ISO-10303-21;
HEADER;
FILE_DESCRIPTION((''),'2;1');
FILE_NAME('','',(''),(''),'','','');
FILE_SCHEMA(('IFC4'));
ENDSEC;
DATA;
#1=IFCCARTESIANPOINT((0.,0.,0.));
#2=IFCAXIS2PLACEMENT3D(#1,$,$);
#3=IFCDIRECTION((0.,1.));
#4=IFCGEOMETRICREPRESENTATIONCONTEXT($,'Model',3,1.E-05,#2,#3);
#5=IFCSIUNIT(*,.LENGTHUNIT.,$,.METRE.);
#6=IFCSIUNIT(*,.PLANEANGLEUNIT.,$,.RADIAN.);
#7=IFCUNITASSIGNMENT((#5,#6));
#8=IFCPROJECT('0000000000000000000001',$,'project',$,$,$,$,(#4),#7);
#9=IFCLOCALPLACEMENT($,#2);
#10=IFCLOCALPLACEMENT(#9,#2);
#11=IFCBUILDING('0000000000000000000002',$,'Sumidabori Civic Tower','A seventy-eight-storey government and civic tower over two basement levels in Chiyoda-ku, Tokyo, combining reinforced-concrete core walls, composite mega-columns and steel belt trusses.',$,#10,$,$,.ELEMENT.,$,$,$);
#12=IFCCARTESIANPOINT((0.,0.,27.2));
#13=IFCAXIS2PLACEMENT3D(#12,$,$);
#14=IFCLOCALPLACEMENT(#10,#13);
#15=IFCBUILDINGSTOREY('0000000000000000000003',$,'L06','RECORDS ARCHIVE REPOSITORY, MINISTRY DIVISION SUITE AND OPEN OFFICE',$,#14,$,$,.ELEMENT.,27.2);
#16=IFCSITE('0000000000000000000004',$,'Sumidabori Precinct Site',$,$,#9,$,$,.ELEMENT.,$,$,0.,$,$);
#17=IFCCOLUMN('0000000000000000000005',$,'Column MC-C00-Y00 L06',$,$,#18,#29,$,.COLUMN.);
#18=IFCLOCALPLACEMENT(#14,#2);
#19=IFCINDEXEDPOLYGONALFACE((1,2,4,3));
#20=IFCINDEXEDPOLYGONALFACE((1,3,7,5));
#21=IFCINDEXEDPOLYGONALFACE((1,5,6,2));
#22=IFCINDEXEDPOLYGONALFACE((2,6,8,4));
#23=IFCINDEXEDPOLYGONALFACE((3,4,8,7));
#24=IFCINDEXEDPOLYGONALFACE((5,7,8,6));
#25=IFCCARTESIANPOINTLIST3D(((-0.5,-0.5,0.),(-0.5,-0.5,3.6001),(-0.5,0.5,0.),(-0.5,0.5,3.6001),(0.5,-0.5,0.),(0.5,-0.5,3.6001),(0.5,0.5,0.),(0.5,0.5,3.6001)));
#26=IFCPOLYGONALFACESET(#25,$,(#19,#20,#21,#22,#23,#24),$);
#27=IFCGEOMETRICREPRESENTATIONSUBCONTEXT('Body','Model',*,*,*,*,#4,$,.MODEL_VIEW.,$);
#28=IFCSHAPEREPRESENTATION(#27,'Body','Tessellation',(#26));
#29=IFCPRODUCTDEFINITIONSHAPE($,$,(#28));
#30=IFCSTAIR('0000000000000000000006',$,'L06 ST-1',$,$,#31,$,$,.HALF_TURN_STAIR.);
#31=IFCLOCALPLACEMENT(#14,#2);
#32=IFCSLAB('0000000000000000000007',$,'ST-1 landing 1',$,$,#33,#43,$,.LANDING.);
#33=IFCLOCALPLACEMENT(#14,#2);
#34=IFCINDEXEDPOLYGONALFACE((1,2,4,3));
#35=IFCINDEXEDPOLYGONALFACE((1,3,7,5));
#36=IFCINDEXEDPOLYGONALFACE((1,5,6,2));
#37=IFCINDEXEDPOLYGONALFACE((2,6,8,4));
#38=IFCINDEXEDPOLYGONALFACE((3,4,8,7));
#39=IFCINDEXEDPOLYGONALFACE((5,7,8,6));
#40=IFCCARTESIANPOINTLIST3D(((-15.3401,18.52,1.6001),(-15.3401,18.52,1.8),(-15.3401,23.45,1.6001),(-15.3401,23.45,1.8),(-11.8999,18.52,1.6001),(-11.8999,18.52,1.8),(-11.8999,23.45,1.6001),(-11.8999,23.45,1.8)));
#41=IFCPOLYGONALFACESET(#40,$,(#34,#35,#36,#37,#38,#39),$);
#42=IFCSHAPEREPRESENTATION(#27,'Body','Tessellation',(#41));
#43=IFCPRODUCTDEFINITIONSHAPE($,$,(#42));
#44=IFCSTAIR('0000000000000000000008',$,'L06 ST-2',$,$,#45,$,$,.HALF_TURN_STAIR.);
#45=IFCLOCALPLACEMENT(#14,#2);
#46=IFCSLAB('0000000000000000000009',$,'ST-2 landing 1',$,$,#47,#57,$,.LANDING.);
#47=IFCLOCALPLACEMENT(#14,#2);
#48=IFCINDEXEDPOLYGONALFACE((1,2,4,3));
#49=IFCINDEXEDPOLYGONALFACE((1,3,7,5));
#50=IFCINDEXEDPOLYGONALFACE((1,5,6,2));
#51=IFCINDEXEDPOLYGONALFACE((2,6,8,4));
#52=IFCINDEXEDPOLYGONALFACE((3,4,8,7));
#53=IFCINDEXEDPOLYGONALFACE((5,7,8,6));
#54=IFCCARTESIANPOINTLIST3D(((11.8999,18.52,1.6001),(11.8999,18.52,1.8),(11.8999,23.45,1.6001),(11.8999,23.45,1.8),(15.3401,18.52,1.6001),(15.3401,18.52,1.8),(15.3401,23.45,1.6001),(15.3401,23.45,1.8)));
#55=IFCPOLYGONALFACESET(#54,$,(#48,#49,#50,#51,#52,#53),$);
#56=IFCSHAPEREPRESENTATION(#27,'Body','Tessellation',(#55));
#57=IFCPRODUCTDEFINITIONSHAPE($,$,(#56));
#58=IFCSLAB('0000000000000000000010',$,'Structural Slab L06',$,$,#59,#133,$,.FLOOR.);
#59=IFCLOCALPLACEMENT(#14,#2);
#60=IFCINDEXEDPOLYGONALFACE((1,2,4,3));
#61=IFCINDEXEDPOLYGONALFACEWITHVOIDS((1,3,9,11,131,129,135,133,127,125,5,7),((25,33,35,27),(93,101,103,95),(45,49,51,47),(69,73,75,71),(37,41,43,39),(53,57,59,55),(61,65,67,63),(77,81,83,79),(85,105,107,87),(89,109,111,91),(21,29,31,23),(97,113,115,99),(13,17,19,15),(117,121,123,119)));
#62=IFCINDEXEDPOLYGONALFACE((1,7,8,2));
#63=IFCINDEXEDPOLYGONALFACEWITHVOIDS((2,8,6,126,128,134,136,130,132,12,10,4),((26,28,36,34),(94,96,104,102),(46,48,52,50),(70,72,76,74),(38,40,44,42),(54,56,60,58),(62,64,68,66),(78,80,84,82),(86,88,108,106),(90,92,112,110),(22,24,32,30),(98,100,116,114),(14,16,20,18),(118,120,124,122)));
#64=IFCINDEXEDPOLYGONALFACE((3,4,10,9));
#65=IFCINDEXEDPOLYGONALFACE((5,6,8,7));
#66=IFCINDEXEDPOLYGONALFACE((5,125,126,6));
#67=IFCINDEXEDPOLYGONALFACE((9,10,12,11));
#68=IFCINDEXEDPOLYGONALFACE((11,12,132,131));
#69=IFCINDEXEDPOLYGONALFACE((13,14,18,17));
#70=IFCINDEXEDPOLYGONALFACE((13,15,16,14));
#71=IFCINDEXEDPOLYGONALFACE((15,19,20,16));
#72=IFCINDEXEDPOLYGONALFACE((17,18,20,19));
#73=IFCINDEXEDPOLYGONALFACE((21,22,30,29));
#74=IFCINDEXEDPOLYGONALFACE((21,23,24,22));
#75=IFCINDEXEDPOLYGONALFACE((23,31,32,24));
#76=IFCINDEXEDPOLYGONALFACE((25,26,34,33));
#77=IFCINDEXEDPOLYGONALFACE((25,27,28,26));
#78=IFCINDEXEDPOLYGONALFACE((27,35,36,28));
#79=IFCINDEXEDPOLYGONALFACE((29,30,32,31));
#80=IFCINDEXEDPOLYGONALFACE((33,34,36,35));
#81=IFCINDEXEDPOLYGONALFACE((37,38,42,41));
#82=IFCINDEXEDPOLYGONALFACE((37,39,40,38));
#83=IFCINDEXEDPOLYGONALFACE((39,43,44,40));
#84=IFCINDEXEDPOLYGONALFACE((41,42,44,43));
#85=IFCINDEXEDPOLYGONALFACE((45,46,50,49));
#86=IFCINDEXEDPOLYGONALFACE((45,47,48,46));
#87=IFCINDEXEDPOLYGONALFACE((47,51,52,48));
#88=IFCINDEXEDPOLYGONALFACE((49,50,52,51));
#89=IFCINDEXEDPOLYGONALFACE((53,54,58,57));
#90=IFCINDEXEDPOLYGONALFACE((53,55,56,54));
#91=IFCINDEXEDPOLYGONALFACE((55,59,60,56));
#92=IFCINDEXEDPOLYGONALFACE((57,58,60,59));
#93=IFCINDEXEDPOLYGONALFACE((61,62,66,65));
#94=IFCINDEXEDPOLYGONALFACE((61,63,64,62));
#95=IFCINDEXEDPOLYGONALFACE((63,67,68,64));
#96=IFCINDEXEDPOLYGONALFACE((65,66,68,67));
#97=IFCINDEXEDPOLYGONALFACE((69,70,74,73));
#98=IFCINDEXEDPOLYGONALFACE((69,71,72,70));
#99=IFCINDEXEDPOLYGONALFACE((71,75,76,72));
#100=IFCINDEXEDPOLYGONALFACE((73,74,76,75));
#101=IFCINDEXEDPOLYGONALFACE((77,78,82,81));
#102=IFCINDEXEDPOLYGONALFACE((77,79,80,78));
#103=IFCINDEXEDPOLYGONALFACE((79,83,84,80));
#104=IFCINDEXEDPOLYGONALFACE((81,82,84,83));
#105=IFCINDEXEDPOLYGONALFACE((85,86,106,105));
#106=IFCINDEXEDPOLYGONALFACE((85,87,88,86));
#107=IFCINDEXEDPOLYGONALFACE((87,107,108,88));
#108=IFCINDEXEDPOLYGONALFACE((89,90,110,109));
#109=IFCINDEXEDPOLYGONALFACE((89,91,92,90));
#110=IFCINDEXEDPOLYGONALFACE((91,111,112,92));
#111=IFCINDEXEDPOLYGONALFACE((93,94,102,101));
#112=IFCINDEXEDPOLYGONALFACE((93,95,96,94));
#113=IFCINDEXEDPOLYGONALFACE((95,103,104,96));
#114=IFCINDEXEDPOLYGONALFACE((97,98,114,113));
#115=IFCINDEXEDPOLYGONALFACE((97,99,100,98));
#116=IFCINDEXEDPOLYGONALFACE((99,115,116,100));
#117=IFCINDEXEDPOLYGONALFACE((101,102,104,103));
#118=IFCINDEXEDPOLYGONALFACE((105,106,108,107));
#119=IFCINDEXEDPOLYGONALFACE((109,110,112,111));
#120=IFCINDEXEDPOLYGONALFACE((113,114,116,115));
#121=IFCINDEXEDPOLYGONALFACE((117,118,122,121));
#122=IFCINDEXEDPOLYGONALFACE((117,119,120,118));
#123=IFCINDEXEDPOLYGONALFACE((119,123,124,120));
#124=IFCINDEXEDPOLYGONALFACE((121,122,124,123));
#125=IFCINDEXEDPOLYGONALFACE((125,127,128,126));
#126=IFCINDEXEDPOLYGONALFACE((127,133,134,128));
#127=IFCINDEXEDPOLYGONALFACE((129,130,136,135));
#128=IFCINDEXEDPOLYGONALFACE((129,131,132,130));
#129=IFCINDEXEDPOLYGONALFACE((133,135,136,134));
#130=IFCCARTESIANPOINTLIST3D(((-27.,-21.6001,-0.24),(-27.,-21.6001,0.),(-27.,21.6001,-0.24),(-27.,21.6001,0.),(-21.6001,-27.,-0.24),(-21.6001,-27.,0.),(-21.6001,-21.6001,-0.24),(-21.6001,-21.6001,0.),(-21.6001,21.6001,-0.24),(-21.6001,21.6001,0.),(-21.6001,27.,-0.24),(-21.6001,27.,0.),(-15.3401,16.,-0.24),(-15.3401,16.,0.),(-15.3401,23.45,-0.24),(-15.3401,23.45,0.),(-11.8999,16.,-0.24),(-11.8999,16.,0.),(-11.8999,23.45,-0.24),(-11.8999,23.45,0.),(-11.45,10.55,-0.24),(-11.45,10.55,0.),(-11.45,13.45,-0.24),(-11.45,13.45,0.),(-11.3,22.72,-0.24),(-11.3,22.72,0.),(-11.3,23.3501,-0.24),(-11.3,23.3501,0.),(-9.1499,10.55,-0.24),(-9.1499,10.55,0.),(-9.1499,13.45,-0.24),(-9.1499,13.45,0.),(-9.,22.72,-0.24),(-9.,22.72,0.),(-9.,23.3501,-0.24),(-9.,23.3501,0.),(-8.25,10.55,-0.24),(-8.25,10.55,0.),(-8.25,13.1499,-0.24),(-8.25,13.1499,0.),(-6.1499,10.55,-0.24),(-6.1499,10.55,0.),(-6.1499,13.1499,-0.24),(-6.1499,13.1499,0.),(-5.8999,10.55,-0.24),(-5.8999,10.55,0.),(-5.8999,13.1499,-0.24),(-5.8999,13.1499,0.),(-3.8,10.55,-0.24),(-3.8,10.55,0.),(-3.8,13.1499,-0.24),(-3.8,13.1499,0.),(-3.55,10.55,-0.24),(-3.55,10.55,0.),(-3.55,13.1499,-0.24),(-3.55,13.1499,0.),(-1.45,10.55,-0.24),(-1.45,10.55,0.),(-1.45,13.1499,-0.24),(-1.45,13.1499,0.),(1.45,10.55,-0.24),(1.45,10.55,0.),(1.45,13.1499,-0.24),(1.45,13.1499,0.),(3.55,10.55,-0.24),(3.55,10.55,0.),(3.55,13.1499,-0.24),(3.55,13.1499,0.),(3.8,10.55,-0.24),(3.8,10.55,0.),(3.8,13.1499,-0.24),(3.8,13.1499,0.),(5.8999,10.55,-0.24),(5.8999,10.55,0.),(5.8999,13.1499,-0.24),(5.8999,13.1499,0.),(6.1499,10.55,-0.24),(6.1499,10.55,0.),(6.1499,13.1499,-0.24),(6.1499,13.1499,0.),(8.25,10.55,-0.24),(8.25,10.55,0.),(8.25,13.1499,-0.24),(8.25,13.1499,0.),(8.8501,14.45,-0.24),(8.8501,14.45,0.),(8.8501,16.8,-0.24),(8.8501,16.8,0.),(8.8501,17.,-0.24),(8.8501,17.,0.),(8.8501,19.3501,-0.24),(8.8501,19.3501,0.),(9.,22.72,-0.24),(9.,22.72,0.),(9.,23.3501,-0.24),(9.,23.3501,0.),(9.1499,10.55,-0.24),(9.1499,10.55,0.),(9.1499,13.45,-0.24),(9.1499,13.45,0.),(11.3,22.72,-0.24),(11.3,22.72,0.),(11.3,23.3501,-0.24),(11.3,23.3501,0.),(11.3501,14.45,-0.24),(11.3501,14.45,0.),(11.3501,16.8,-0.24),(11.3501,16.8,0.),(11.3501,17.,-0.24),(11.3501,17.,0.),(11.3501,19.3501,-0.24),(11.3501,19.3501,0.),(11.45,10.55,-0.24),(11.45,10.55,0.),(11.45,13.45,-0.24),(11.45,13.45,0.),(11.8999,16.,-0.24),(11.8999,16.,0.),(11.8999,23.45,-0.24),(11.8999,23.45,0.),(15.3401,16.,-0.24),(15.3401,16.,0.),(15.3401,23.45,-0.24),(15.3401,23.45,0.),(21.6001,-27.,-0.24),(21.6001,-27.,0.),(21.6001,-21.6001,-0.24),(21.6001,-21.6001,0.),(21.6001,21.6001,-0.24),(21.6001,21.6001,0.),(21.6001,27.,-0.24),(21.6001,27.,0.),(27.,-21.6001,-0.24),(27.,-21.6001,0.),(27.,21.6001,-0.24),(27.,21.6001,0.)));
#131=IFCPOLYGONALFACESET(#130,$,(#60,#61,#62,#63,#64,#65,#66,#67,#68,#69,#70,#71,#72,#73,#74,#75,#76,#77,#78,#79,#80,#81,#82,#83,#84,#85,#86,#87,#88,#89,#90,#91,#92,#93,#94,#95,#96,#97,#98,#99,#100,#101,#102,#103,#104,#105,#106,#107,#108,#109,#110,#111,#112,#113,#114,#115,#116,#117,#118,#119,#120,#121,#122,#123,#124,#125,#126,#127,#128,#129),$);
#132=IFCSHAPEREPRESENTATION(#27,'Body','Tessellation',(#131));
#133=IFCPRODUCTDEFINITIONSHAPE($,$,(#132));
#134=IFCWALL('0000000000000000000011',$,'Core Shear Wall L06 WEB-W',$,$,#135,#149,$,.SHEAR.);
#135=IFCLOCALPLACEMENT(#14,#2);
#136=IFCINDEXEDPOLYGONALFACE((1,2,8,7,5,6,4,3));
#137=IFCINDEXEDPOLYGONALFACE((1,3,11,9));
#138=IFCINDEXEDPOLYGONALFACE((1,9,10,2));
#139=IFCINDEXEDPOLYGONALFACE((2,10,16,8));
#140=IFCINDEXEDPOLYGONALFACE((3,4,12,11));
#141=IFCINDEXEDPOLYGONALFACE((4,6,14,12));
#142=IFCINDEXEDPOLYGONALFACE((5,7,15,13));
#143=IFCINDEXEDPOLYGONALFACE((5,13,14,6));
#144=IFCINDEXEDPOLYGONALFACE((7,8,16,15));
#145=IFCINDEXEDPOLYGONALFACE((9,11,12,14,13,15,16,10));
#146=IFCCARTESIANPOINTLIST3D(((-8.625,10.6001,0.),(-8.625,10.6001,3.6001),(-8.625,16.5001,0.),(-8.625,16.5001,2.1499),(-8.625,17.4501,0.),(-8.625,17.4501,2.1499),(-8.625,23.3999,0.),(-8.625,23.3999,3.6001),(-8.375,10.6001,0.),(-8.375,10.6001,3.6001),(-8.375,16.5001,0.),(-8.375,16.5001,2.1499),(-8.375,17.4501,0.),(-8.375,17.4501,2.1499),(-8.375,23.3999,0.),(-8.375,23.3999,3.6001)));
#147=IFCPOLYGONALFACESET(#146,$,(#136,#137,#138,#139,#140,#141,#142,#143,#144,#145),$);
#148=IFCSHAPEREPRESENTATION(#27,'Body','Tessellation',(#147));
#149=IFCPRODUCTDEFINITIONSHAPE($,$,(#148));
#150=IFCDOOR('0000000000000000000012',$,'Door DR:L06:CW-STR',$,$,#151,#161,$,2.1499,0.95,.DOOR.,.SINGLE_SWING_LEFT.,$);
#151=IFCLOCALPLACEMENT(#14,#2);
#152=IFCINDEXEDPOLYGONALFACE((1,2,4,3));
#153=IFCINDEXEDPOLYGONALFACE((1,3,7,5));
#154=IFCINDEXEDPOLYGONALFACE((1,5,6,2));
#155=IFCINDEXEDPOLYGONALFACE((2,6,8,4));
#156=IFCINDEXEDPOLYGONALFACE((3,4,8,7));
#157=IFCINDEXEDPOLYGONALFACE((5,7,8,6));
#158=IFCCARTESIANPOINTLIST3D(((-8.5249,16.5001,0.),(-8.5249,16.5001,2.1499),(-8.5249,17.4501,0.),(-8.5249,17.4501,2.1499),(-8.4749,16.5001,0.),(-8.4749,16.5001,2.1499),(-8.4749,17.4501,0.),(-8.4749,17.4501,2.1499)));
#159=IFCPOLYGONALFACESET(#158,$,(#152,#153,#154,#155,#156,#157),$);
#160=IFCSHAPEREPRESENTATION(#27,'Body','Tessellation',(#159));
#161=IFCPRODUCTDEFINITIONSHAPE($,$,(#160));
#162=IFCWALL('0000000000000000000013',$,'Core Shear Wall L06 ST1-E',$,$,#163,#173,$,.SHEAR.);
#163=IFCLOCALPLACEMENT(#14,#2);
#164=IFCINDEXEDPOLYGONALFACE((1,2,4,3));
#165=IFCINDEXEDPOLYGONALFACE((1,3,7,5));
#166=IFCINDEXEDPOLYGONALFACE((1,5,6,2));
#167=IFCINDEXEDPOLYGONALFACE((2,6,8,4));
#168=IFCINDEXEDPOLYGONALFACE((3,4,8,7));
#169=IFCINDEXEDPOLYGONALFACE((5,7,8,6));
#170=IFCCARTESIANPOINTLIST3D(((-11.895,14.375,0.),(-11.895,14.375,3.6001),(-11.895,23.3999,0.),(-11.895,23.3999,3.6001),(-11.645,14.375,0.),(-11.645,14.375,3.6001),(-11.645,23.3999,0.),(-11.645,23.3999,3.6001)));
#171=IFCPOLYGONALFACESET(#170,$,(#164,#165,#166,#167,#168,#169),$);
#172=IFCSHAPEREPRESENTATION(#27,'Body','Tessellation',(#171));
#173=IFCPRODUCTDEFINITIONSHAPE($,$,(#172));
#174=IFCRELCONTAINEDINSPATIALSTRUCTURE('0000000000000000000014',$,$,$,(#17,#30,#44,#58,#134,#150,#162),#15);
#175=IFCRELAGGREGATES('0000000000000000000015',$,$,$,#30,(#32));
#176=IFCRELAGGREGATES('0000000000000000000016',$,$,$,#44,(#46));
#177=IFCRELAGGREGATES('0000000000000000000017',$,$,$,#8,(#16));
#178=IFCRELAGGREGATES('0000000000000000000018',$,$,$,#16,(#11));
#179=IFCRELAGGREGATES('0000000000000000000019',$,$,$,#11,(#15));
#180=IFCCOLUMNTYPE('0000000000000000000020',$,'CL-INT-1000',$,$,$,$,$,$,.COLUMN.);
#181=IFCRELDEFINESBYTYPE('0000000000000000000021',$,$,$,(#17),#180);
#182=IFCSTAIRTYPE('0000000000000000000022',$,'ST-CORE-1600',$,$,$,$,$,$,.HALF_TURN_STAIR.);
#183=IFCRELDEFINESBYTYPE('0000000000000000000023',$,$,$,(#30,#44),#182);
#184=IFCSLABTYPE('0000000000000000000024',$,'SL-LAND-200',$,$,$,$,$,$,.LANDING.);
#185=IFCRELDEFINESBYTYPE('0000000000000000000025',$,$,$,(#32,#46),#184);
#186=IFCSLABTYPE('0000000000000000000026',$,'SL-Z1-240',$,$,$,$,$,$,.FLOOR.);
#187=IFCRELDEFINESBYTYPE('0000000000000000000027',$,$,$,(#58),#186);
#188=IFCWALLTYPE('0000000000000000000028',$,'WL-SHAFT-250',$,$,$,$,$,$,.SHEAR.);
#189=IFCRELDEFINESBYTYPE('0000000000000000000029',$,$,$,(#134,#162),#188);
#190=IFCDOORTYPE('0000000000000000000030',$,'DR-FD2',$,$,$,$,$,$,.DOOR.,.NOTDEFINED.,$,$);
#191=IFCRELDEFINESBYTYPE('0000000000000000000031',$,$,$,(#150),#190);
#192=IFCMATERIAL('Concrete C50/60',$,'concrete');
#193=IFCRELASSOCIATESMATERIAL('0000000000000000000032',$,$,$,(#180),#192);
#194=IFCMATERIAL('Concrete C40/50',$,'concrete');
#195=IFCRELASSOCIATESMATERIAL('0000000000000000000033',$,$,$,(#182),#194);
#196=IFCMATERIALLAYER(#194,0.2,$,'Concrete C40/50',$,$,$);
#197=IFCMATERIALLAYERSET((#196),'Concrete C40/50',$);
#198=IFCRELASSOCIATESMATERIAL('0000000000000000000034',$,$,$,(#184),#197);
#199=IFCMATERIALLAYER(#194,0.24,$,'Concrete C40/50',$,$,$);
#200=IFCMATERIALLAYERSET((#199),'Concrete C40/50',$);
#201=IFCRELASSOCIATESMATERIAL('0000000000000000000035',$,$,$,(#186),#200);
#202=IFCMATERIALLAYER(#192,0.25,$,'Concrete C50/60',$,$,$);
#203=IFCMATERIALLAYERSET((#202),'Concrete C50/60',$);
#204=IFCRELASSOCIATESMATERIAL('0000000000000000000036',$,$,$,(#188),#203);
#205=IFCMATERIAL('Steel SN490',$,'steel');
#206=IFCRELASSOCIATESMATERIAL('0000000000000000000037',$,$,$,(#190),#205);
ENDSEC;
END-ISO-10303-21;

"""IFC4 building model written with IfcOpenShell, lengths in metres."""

from ifc_helpers import new_model, si_unit, direction, frame, frame_2d, origin, origin_with_axes, origin_2d, place, context, subcontext, project, spatial, polyline, rectangle, outline, extrude, source, transform, mapped, material, layer, layer_set, material_profile, profile_set, type_object, element, fill, aggregate, save


model = new_model("IFC4")

# Units and contexts
model_context = context("Model", 3, precision=1e-05, world=origin(), true_north=direction((0.0, 1.0)))
body_context = subcontext(model_context, "Body", "Model", "MODEL_VIEW")
ifc_project = project(units=[si_unit("LENGTHUNIT", "METRE"), si_unit("PLANEANGLEUNIT", "RADIAN")], contexts=[model_context])

# Site, building, storey
site_placement = place(None, origin())
site = spatial("IfcSite", under=ifc_project, at=site_placement, Name="Sumidabori Precinct Site", CompositionType="ELEMENT", RefElevation=0.0)
building_placement = place(site_placement, origin())
building = spatial("IfcBuilding", under=site, at=building_placement, Name="Sumidabori Civic Tower", Description="A seventy-eight-storey government and civic tower over two basement levels in Chiyoda-ku, Tokyo, combining reinforced-concrete core walls, composite mega-columns and steel belt trusses.", CompositionType="ELEMENT")
storey_placement = place(building_placement, frame((0.0, 0.0, 27.2)))
storey = spatial("IfcBuildingStorey", under=building, at=storey_placement, Name="L06", Description="RECORDS ARCHIVE REPOSITORY, MINISTRY DIVISION SUITE AND OPEN OFFICE", CompositionType="ELEMENT", Elevation=27.2)

# Column
ifc_material_1 = material(Name="Concrete C50/60", Category="concrete")
ifc_material_profile = material_profile(ifc_material_1, rectangle(XDim=1.0, YDim=1.0, at=origin_2d()), Name="RC 1000x1000")
ifc_profile_set = profile_set([ifc_material_profile], Name="Concrete C50/60")
column_type = type_object("IfcColumnType", Name="CL-INT-1000", PredefinedType="COLUMN", material=ifc_profile_set)
shared_shape_1 = source(origin(), body_context, "Body", "SweptSolid", [
    extrude(rectangle(XDim=1.0, YDim=1.0, at=origin_2d()), origin(), (0.0, 0.0, 1.0), 3.6001),
])
column_placement = place(storey_placement, origin_with_axes())
element("IfcColumn", 1, at=column_placement, inside=storey, type_object=column_type, Name="Column MC-C00-Y00 L06", PredefinedType="COLUMN", context=body_context, shape_type="MappedRepresentation", body=[
    mapped(shared_shape_1, transform((0.0, 0.0, 0.0), x_axis=(1.0, 0.0, 0.0), y_axis=(0.0, 1.0, 0.0), z_axis=(0.0, 0.0, 1.0), scale=1.0)),
])

# Stairs, slabs
ifc_material_2 = material(Name="Concrete C40/50", Category="concrete")
stair_type = type_object("IfcStairType", Name="ST-CORE-1600", PredefinedType="HALF_TURN_STAIR", material=ifc_material_2)
stair_1_placement = place(storey_placement, origin())
stair_1 = element("IfcStair", 2, at=stair_1_placement, inside=storey, type_object=stair_type, Name="L06 ST-1", PredefinedType="HALF_TURN_STAIR")
ifc_layer_1 = layer(ifc_material_2, 0.2, Name="Concrete C40/50")
ifc_layer_set_1 = layer_set([ifc_layer_1], Name="Concrete C40/50")
slab_type_1 = type_object("IfcSlabType", Name="SL-LAND-200", PredefinedType="LANDING", material=ifc_layer_set_1)
slab_1_placement = place(storey_placement, frame((0.0, 0.0, 1.6001)))
slab_1 = element("IfcSlab", 3, at=slab_1_placement, type_object=slab_type_1, Name="ST-1 landing 1", PredefinedType="LANDING", context=body_context, shape_type="SweptSolid", body=[
    extrude(outline(polyline([(-11.8999, 18.52), (-11.8999, 23.45), (-15.3401, 23.45), (-15.3401, 18.52), (-11.8999, 18.52)])), origin(), (0.0, 0.0, 1.0), 0.2),
])
aggregate(stair_1, [slab_1])
stair_2_placement = place(storey_placement, origin())
stair_2 = element("IfcStair", 4, at=stair_2_placement, inside=storey, type_object=stair_type, Name="L06 ST-2", PredefinedType="HALF_TURN_STAIR")
slab_2_placement = place(storey_placement, frame((0.0, 0.0, 1.6001)))
slab_2 = element("IfcSlab", 5, at=slab_2_placement, type_object=slab_type_1, Name="ST-2 landing 1", PredefinedType="LANDING", context=body_context, shape_type="SweptSolid", body=[
    extrude(outline(polyline([(15.3401, 18.52), (15.3401, 23.45), (11.8999, 23.45), (11.8999, 18.52), (15.3401, 18.52)])), origin(), (0.0, 0.0, 1.0), 0.2),
])
aggregate(stair_2, [slab_2])

# Slab
ifc_layer_2 = layer(ifc_material_2, 0.24, Name="Concrete C40/50")
ifc_layer_set_2 = layer_set([ifc_layer_2], Name="Concrete C40/50")
slab_type_2 = type_object("IfcSlabType", Name="SL-Z1-240", PredefinedType="FLOOR", material=ifc_layer_set_2)
slab_3_placement = place(storey_placement, frame((0.0, 0.0, -0.24)))
element("IfcSlab", 6, at=slab_3_placement, inside=storey, type_object=slab_type_2, Name="Structural Slab L06", PredefinedType="FLOOR", context=body_context, shape_type="SweptSolid", body=[
    extrude(outline(polyline([(-21.6001, -27.0), (21.6001, -27.0), (21.6001, -21.6001), (27.0, -21.6001), (27.0, 21.6001), (21.6001, 21.6001), (21.6001, 27.0), (-21.6001, 27.0), (-21.6001, 21.6001), (-27.0, 21.6001), (-27.0, -21.6001), (-21.6001, -21.6001), (-21.6001, -27.0)]), holes=[polyline([(-11.8999, 16.0), (-11.8999, 23.45), (-15.3401, 23.45), (-15.3401, 16.0), (-11.8999, 16.0)]), polyline([(15.3401, 16.0), (15.3401, 23.45), (11.8999, 23.45), (11.8999, 16.0), (15.3401, 16.0)]), polyline([(-11.45, 10.55), (-9.1499, 10.55), (-9.1499, 13.45), (-11.45, 13.45), (-11.45, 10.55)]), polyline([(9.1499, 10.55), (11.45, 10.55), (11.45, 13.45), (9.1499, 13.45), (9.1499, 10.55)]), polyline([(-8.25, 10.55), (-6.1499, 10.55), (-6.1499, 13.1499), (-8.25, 13.1499), (-8.25, 10.55)]), polyline([(-5.8999, 10.55), (-3.8, 10.55), (-3.8, 13.1499), (-5.8999, 13.1499), (-5.8999, 10.55)]), polyline([(-3.55, 10.55), (-1.45, 10.55), (-1.45, 13.1499), (-3.55, 13.1499), (-3.55, 10.55)]), polyline([(1.45, 10.55), (3.55, 10.55), (3.55, 13.1499), (1.45, 13.1499), (1.45, 10.55)]), polyline([(3.8, 10.55), (5.8999, 10.55), (5.8999, 13.1499), (3.8, 13.1499), (3.8, 10.55)]), polyline([(6.1499, 10.55), (8.25, 10.55), (8.25, 13.1499), (6.1499, 13.1499), (6.1499, 10.55)]), polyline([(8.8501, 14.45), (11.3501, 14.45), (11.3501, 16.8), (8.8501, 16.8), (8.8501, 14.45)]), polyline([(8.8501, 17.0), (11.3501, 17.0), (11.3501, 19.3501), (8.8501, 19.3501), (8.8501, 17.0)]), polyline([(-11.3, 22.72), (-9.0, 22.72), (-9.0, 23.3501), (-11.3, 23.3501), (-11.3, 22.72)]), polyline([(9.0, 22.72), (11.3, 22.72), (11.3, 23.3501), (9.0, 23.3501), (9.0, 22.72)])]), origin(), (0.0, 0.0, 1.0), 0.24),
])

# Wall, opening, door
ifc_layer_3 = layer(ifc_material_1, 0.25, Name="Concrete C50/60")
ifc_layer_set_3 = layer_set([ifc_layer_3], Name="Concrete C50/60")
wall_type_1 = type_object("IfcWallType", Name="WL-SHAFT-250", PredefinedType="SHEAR", material=ifc_layer_set_3)
shared_shape_2 = source(origin(), body_context, "Body", "SweptSolid", [
    extrude(rectangle(XDim=12.7998, YDim=0.25, at=frame_2d((6.3999, 0.0))), origin(), (0.0, 0.0, 1.0), 3.6001),
])
wall_1_placement = place(storey_placement, frame((-8.5, 10.6001, 0.0), z_axis=(0.0, 0.0, 1.0), x_axis=(0.0, 1.0, 0.0)))
wall_1 = element("IfcWall", 7, at=wall_1_placement, inside=storey, type_object=wall_type_1, Name="Core Shear Wall L06 WEB-W", PredefinedType="SHEAR", context=body_context, shape_type="MappedRepresentation", body=[
    mapped(shared_shape_2, transform((0.0, 0.0, 0.0), x_axis=(1.0, 0.0, 0.0), y_axis=(0.0, 1.0, 0.0), z_axis=(0.0, 0.0, 1.0), scale=1.0)),
])
opening_1_placement = place(wall_1_placement, frame((5.8999, 0.0, 0.0)))
opening_1 = element("IfcOpeningElement", 8, at=opening_1_placement, cuts=wall_1, PredefinedType="OPENING", context=body_context, shape_type="SweptSolid", body=[
    extrude(rectangle(XDim=0.95, YDim=2.1499, at=frame_2d((0.4751, 1.075))), frame((0.0, 0.137, 0.0), z_axis=(0.0, -1.0, 0.0), x_axis=(1.0, 0.0, 0.0)), (0.0, 0.0, 1.0), 0.2739),
])
ifc_material_3 = material(Name="Steel SN490", Category="steel")
door_type_1 = type_object("IfcDoorType", Name="DR-FD2", OperationType="NOTDEFINED", PredefinedType="DOOR", material=ifc_material_3)
shared_shape_3 = source(origin(), body_context, "Body", "SweptSolid", [
    extrude(rectangle(XDim=0.95, YDim=2.1499, at=frame_2d((0.4751, 1.075))), frame((0.0, 0.0249, 0.0), z_axis=(0.0, -1.0, 0.0), x_axis=(1.0, 0.0, 0.0)), (0.0, 0.0, 1.0), 0.05),
])
door_1_placement = place(opening_1_placement, origin())
door_1 = element("IfcDoor", 9, at=door_1_placement, inside=storey, type_object=door_type_1, Name="Door DR:L06:CW-STR", OperationType="SINGLE_SWING_LEFT", OverallHeight=2.1499, OverallWidth=0.95, PredefinedType="DOOR", context=body_context, shape_type="MappedRepresentation", body=[
    mapped(shared_shape_3, transform((0.0, 0.0, 0.0), x_axis=(1.0, 0.0, 0.0), y_axis=(0.0, 1.0, 0.0), z_axis=(0.0, 0.0, 1.0), scale=1.0)),
])
fill(opening_1, door_1)

# Wall
shared_shape_4 = source(origin(), body_context, "Body", "SweptSolid", [
    extrude(rectangle(XDim=9.0249, YDim=0.25, at=frame_2d((4.5125, 0.0))), origin(), (0.0, 0.0, 1.0), 3.6001),
])
wall_2_placement = place(storey_placement, frame((-11.77, 14.375, 0.0), z_axis=(0.0, 0.0, 1.0), x_axis=(0.0, 1.0, 0.0)))
element("IfcWall", 10, at=wall_2_placement, inside=storey, type_object=wall_type_1, Name="Core Shear Wall L06 ST1-E", PredefinedType="SHEAR", context=body_context, shape_type="MappedRepresentation", body=[
    mapped(shared_shape_4, transform((0.0, 0.0, 0.0), x_axis=(1.0, 0.0, 0.0), y_axis=(0.0, 1.0, 0.0), z_axis=(0.0, 0.0, 1.0), scale=1.0)),
])

save(model, "model.ifc")
